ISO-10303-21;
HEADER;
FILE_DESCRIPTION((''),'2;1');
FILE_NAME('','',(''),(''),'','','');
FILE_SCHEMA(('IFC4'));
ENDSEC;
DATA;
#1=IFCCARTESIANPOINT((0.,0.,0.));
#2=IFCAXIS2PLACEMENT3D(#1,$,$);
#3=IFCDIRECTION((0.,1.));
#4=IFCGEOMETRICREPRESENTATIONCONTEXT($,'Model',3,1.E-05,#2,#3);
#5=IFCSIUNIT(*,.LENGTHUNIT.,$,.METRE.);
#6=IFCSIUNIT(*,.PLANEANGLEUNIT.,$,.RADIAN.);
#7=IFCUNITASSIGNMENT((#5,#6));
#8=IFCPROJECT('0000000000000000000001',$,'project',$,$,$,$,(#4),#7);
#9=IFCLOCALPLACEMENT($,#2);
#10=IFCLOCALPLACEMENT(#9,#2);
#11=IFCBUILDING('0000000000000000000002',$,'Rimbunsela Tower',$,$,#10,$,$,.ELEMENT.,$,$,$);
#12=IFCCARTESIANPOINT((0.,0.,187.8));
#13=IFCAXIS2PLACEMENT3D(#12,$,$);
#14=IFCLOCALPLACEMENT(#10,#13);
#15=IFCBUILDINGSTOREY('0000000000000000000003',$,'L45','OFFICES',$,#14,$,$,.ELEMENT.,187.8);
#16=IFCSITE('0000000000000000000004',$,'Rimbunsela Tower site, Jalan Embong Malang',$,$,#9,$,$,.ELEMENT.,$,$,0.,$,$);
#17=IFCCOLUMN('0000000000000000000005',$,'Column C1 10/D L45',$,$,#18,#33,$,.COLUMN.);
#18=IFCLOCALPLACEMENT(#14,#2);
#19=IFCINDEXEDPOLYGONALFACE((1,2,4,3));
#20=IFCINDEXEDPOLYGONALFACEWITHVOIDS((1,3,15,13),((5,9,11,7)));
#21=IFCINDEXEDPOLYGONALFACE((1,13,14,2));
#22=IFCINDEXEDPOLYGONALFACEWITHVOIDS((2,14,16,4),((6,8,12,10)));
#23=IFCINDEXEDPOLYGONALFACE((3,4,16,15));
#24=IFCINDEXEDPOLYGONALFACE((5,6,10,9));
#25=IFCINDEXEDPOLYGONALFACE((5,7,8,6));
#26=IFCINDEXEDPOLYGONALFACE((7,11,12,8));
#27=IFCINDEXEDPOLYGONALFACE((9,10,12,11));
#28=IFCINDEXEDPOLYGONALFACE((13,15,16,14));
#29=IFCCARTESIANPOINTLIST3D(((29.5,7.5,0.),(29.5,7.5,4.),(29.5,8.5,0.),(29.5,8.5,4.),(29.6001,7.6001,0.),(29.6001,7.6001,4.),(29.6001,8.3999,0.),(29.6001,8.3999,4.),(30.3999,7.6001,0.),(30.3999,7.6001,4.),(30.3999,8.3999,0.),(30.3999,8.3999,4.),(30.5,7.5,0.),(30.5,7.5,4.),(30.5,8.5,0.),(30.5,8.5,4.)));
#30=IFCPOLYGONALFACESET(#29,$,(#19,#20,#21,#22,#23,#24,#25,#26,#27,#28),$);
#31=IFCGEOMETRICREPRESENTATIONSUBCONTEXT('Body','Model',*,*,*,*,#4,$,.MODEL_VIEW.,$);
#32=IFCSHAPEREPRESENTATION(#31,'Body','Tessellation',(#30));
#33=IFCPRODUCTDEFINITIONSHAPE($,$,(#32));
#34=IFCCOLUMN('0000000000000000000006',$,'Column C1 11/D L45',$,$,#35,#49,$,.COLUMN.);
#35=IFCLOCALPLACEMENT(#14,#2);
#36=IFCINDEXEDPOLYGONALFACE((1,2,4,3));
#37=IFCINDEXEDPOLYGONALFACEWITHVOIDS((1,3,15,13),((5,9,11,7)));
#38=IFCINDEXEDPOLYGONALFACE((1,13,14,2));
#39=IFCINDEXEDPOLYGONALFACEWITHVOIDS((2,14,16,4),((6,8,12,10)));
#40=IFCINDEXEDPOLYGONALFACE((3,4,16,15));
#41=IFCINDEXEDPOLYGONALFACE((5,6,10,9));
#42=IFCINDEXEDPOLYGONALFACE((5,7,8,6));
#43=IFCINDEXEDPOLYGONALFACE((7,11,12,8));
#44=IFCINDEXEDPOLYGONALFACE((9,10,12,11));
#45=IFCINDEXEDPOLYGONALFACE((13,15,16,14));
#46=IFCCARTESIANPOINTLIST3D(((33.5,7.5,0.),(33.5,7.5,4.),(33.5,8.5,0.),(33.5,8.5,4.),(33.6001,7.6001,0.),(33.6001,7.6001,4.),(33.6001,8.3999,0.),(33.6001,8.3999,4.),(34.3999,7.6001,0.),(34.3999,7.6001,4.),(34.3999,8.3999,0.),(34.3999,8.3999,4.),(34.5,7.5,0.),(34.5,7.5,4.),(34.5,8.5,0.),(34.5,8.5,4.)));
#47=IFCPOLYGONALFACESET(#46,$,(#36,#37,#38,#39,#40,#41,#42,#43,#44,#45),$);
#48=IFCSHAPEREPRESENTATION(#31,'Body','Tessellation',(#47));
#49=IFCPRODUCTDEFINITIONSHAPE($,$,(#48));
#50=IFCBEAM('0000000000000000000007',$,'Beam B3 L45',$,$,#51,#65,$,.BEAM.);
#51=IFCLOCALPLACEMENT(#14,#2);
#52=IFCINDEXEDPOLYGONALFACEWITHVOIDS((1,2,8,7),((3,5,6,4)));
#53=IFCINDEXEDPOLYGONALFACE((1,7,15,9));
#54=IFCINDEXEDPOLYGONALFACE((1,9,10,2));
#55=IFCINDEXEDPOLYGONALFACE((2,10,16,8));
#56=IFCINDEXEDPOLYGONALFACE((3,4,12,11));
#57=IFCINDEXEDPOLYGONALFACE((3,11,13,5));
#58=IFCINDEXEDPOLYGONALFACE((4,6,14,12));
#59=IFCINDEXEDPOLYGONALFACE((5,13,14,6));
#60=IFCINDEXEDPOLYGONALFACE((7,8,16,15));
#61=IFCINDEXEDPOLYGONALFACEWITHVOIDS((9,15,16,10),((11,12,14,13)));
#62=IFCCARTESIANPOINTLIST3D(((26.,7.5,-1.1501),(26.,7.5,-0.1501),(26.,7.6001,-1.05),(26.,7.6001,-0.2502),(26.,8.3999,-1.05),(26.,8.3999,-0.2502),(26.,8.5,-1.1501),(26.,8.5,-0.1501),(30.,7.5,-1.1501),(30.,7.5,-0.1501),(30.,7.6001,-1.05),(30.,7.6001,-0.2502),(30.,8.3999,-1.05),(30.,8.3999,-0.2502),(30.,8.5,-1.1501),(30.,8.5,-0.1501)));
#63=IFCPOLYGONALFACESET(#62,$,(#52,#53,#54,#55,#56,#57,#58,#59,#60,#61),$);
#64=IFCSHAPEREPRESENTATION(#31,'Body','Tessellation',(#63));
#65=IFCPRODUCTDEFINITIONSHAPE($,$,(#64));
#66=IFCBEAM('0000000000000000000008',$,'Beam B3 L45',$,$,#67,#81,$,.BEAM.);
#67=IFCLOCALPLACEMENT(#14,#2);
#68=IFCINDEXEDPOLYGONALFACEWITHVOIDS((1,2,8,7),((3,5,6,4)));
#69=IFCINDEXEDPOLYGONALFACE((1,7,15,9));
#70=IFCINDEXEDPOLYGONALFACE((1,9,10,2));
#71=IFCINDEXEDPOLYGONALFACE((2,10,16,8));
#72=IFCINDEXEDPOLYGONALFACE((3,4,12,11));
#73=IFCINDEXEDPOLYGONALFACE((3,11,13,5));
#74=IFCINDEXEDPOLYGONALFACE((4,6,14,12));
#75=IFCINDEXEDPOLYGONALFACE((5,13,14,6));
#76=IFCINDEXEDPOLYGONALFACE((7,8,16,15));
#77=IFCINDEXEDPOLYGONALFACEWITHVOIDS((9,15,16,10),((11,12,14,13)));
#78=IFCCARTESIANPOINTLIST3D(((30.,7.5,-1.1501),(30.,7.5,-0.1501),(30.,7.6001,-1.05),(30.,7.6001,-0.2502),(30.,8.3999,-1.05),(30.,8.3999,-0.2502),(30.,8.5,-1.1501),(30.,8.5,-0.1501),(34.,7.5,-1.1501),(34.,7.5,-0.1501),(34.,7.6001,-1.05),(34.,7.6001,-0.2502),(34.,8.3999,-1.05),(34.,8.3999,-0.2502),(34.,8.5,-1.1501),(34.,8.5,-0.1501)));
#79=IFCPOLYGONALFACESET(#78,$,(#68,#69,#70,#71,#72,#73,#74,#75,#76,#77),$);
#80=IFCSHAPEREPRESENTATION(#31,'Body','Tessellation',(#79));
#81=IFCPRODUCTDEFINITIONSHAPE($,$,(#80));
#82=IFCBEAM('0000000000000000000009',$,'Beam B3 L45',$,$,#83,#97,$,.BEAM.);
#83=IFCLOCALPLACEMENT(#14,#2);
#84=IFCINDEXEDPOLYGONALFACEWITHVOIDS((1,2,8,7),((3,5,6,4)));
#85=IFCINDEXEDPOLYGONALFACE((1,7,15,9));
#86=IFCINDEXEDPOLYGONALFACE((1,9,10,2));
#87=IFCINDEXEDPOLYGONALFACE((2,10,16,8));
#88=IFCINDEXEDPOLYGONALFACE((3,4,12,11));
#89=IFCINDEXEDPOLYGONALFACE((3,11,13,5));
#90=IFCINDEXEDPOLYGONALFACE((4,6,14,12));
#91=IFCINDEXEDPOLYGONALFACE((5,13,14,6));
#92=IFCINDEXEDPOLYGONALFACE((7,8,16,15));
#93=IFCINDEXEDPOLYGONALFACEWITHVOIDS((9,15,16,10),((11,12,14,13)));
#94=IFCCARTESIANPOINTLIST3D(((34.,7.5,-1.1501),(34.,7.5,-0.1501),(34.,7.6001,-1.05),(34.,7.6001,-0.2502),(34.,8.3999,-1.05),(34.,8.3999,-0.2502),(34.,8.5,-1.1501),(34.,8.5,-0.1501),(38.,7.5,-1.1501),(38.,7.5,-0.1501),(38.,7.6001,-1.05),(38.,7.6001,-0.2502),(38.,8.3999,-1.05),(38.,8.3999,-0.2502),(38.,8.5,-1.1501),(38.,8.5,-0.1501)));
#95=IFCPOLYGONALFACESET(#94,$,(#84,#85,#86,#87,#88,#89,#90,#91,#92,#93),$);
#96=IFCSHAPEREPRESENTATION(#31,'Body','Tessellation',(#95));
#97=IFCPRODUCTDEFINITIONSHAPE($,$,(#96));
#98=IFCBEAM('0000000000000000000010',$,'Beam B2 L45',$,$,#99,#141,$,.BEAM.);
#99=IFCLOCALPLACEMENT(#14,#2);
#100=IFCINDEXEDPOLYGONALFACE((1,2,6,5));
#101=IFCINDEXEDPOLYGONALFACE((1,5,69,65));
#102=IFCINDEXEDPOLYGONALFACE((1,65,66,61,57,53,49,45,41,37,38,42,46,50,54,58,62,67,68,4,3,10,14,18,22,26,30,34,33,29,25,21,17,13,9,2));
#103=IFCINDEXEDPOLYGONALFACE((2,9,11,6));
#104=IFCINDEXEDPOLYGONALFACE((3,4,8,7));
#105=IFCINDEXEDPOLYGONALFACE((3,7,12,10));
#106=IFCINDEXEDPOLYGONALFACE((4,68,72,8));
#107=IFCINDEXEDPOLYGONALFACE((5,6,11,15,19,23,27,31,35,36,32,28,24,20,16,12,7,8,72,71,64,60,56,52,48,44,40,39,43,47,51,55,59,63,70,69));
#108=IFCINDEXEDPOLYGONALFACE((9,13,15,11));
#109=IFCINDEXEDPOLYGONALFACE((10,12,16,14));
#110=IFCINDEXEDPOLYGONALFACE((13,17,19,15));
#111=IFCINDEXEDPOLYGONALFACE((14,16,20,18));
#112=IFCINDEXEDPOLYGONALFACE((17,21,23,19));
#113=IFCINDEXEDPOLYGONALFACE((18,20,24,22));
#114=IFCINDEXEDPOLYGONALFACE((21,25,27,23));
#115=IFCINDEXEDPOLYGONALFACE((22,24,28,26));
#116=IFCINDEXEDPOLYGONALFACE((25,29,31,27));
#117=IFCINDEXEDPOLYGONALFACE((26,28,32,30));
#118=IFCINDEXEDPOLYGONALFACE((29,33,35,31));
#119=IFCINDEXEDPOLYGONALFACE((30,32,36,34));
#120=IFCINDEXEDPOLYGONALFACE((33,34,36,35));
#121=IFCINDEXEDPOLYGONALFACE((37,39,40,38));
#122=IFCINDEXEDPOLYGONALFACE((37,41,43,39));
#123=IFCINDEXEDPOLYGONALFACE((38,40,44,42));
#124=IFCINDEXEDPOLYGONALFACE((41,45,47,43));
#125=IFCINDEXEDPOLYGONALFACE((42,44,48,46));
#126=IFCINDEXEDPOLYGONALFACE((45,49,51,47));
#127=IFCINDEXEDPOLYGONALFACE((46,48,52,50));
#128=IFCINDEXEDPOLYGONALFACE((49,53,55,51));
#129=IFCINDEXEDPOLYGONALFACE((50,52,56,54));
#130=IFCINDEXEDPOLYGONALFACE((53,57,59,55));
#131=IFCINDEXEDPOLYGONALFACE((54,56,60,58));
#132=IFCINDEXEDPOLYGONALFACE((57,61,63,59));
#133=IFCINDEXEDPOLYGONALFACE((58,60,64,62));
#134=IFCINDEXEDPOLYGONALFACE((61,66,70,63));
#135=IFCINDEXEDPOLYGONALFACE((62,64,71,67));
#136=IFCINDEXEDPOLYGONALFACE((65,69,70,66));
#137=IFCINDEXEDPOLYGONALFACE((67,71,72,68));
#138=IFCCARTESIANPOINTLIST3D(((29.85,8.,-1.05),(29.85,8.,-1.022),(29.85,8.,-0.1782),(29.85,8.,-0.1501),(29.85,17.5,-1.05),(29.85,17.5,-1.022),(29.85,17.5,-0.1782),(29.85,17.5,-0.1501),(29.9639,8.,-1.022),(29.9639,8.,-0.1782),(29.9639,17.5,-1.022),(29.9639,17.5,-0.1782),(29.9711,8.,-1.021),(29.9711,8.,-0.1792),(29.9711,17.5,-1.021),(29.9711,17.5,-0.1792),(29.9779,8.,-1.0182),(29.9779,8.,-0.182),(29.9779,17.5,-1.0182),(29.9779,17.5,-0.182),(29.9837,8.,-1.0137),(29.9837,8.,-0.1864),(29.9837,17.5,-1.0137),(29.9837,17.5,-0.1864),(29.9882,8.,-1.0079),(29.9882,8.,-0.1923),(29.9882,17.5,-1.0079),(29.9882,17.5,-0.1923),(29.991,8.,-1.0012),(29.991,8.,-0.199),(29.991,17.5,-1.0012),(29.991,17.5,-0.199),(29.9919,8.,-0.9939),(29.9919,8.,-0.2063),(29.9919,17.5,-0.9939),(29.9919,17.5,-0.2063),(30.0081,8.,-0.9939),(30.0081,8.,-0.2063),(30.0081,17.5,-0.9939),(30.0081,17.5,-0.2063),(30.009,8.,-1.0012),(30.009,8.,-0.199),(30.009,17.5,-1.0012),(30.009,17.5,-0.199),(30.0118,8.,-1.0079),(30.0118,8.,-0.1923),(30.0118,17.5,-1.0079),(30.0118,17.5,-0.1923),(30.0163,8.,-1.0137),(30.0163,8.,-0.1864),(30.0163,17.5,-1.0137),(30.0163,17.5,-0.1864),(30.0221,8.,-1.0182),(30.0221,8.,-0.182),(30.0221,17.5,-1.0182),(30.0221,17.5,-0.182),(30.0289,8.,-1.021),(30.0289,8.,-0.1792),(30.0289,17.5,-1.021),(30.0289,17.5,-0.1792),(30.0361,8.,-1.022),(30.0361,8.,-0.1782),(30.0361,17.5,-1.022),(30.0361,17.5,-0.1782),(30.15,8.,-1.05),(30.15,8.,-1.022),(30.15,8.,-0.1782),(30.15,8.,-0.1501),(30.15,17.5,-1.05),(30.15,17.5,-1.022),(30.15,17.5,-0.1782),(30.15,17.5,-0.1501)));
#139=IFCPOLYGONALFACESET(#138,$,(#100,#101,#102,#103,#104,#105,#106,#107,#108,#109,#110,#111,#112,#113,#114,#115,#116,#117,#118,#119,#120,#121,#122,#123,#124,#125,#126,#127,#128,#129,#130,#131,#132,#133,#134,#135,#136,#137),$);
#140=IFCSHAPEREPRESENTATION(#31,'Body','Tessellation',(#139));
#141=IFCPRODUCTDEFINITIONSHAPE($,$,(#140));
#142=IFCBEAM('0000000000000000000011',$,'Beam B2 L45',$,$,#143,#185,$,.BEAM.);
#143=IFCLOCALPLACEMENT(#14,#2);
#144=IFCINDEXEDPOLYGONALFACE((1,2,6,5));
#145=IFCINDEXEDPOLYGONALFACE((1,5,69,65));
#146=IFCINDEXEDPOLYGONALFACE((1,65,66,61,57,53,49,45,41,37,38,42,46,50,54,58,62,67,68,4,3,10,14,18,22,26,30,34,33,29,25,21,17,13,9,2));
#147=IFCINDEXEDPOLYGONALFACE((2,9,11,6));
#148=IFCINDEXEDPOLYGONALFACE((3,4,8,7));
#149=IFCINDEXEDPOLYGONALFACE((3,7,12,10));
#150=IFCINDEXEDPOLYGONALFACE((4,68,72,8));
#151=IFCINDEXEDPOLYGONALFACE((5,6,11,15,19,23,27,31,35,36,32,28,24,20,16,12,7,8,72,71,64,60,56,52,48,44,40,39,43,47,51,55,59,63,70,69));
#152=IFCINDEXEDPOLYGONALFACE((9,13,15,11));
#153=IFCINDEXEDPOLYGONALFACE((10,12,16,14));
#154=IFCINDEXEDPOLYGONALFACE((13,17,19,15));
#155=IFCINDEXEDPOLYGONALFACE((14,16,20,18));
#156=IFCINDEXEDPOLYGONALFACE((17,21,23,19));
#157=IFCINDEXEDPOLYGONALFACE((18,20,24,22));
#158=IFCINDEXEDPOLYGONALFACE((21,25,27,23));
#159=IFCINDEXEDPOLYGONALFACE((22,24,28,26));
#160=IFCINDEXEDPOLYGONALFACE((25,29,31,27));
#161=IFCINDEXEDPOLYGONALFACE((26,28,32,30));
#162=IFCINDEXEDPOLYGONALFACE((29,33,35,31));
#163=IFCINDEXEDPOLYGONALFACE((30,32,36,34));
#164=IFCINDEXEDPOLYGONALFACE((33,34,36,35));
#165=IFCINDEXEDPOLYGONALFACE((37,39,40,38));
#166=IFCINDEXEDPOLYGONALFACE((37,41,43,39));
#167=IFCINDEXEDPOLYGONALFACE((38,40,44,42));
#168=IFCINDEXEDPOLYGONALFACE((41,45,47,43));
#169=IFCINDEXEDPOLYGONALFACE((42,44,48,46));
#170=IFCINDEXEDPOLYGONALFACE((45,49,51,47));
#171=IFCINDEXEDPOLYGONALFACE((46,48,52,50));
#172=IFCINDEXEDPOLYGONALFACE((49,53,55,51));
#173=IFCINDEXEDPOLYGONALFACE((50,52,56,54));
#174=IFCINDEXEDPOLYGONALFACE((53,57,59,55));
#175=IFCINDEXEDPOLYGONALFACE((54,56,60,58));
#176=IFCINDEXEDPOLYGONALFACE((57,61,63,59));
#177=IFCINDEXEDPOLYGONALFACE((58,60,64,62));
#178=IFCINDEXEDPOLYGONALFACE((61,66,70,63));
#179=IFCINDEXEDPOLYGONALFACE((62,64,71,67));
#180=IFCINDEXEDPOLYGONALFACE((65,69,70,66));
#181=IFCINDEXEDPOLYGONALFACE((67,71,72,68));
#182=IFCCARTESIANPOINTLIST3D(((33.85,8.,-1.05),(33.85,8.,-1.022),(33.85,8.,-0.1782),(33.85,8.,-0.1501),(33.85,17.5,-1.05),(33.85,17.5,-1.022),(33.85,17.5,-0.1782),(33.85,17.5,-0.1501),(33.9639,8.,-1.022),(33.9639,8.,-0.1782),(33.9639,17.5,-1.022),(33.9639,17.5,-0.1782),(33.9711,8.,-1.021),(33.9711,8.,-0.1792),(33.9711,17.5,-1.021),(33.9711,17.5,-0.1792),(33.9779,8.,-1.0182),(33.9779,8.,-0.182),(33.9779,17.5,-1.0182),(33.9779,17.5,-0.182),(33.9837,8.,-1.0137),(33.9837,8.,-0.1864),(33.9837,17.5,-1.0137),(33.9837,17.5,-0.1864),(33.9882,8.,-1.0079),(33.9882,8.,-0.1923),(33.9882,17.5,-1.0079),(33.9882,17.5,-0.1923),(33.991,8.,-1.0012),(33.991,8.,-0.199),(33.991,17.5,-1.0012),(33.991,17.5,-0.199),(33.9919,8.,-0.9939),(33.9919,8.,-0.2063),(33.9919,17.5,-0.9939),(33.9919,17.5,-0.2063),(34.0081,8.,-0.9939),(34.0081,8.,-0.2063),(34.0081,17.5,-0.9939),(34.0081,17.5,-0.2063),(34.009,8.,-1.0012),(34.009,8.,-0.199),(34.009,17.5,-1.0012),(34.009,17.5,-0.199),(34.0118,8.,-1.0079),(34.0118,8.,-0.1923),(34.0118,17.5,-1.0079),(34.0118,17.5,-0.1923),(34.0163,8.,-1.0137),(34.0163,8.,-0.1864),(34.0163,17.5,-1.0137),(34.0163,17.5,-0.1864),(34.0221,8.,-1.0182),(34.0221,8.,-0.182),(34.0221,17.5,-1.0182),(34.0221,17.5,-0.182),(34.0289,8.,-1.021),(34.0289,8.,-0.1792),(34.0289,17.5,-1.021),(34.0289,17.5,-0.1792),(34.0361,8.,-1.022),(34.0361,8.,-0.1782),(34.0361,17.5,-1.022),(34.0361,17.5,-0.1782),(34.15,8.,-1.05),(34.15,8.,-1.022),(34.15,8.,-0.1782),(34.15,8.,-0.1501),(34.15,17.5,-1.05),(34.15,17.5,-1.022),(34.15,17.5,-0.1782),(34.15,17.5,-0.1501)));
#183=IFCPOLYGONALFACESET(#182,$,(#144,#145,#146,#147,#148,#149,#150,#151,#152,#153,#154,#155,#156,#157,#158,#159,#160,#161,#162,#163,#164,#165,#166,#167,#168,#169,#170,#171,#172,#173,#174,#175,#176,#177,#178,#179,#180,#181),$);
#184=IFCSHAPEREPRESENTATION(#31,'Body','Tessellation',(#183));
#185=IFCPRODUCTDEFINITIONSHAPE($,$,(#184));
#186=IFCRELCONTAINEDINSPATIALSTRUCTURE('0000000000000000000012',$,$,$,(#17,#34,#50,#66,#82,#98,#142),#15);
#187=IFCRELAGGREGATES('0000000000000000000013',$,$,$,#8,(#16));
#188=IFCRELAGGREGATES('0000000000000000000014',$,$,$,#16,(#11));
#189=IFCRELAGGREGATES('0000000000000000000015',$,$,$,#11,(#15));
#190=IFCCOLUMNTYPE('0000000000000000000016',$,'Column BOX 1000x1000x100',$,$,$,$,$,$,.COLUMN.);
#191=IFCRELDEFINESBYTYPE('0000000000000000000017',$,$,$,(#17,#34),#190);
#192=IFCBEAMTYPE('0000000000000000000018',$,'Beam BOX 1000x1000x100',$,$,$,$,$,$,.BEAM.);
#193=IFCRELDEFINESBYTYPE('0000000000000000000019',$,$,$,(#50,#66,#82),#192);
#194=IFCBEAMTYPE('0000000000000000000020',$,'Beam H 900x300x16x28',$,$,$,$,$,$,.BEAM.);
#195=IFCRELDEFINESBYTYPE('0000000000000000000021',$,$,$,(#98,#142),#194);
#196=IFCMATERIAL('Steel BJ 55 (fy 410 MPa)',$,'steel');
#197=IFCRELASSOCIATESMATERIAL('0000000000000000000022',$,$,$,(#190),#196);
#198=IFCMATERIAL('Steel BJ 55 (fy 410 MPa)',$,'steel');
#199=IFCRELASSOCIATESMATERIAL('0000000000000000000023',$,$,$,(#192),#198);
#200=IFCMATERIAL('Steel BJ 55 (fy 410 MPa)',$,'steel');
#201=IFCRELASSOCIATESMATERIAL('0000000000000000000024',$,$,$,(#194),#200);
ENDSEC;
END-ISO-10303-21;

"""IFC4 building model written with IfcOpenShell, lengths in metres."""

from ifc_helpers import new_model, si_unit, direction, frame, origin, origin_2d, place, context, subcontext, project, spatial, hollow_rectangle, i_section, extrude, material, material_profile, profile_set, type_object, element, save


model = new_model("IFC4")

# Units and contexts
model_context = context("Model", 3, precision=1e-05, world=origin(), true_north=direction((0.0, 1.0)))
body_context = subcontext(model_context, "Body", "Model", "MODEL_VIEW")
ifc_project = project(units=[si_unit("LENGTHUNIT", "METRE"), si_unit("PLANEANGLEUNIT", "RADIAN")], contexts=[model_context])

# Site, building, storey
site_placement = place(None, origin())
site = spatial("IfcSite", under=ifc_project, at=site_placement, Name="Rimbunsela Tower site, Jalan Embong Malang", CompositionType="ELEMENT", RefElevation=0.0)
building_placement = place(site_placement, origin())
building = spatial("IfcBuilding", under=site, at=building_placement, Name="Rimbunsela Tower", CompositionType="ELEMENT")
storey_placement = place(building_placement, frame((0.0, 0.0, 187.8)))
storey = spatial("IfcBuildingStorey", under=building, at=storey_placement, Name="L45", Description="OFFICES", CompositionType="ELEMENT", Elevation=187.8)

# Columns
ifc_material_1 = material(Name="Steel BJ 55 (fy 410 MPa)", Category="steel")
ifc_material_profile_1 = material_profile(ifc_material_1, hollow_rectangle(XDim=1.0, YDim=1.0, WallThickness=0.1001, at=origin_2d()), Name="BOX 1000x1000x100")
ifc_profile_set_1 = profile_set([ifc_material_profile_1], Name="Steel BJ 55 (fy 410 MPa)")
column_type = type_object("IfcColumnType", Name="Column BOX 1000x1000x100", PredefinedType="COLUMN", material=ifc_profile_set_1)
for number, where, z_axis, x_axis, name in (
    (1, (30.0, 8.0, 0.0), (0.0, 0.0, 1.0), (1.0, 0.0, 0.0), "Column C1 10/D L45"),
    (2, (34.0, 8.0, 0.0), (0.0, 0.0, 1.0), (1.0, 0.0, 0.0), "Column C1 11/D L45"),
):
    element("IfcColumn", number, at=place(storey_placement, frame(where, z_axis=z_axis, x_axis=x_axis)), inside=storey, type_object=column_type, Name=name, PredefinedType="COLUMN", context=body_context, shape_type="SweptSolid", body=[
        extrude(hollow_rectangle(XDim=1.0, YDim=1.0, WallThickness=0.1001, at=origin_2d()), origin(), (0.0, 0.0, 1.0), 4.0),
    ])

# Beams
ifc_material_2 = material(Name="Steel BJ 55 (fy 410 MPa)", Category="steel")
ifc_material_profile_2 = material_profile(ifc_material_2, hollow_rectangle(XDim=1.0, YDim=1.0, WallThickness=0.1001, at=origin_2d()), Name="BOX 1000x1000x100")
ifc_profile_set_2 = profile_set([ifc_material_profile_2], Name="Steel BJ 55 (fy 410 MPa)")
beam_type_1 = type_object("IfcBeamType", Name="Beam BOX 1000x1000x100", PredefinedType="BEAM", material=ifc_profile_set_2)
for number, where, z_axis, x_axis, name in (
    (3, (26.0, 8.0, -0.6501), (1.0, 0.0, 0.0), (0.0, 1.0, 0.0), "Beam B3 L45"),
    (4, (30.0, 8.0, -0.6501), (1.0, 0.0, 0.0), (0.0, 1.0, 0.0), "Beam B3 L45"),
    (5, (34.0, 8.0, -0.6501), (1.0, 0.0, 0.0), (0.0, 1.0, 0.0), "Beam B3 L45"),
):
    element("IfcBeam", number, at=place(storey_placement, frame(where, z_axis=z_axis, x_axis=x_axis)), inside=storey, type_object=beam_type_1, Name=name, PredefinedType="BEAM", context=body_context, shape_type="SweptSolid", body=[
        extrude(hollow_rectangle(XDim=1.0, YDim=1.0, WallThickness=0.1001, at=origin_2d()), origin(), (0.0, 0.0, 1.0), 4.0),
    ])
ifc_material_3 = material(Name="Steel BJ 55 (fy 410 MPa)", Category="steel")
ifc_material_profile_3 = material_profile(ifc_material_3, i_section(OverallWidth=0.3, OverallDepth=0.8999, WebThickness=0.0161, FlangeThickness=0.0281, FilletRadius=0.0281, at=origin_2d()), Name="H 900x300x16x28")
ifc_profile_set_3 = profile_set([ifc_material_profile_3], Name="Steel BJ 55 (fy 410 MPa)")
beam_type_2 = type_object("IfcBeamType", Name="Beam H 900x300x16x28", PredefinedType="BEAM", material=ifc_profile_set_3)
for number, where, z_axis, x_axis, name in (
    (6, (30.0, 8.0, -0.6001), (0.0, 1.0, 0.0), (-1.0, 0.0, 0.0), "Beam B2 L45"),
    (7, (34.0, 8.0, -0.6001), (0.0, 1.0, 0.0), (-1.0, 0.0, 0.0), "Beam B2 L45"),
):
    element("IfcBeam", number, at=place(storey_placement, frame(where, z_axis=z_axis, x_axis=x_axis)), inside=storey, type_object=beam_type_2, Name=name, PredefinedType="BEAM", context=body_context, shape_type="SweptSolid", body=[
        extrude(i_section(OverallWidth=0.3, OverallDepth=0.8999, WebThickness=0.0161, FlangeThickness=0.0281, FilletRadius=0.0281, at=origin_2d()), origin(), (0.0, 0.0, 1.0), 9.5),
    ])

save(model, "model.ifc")
